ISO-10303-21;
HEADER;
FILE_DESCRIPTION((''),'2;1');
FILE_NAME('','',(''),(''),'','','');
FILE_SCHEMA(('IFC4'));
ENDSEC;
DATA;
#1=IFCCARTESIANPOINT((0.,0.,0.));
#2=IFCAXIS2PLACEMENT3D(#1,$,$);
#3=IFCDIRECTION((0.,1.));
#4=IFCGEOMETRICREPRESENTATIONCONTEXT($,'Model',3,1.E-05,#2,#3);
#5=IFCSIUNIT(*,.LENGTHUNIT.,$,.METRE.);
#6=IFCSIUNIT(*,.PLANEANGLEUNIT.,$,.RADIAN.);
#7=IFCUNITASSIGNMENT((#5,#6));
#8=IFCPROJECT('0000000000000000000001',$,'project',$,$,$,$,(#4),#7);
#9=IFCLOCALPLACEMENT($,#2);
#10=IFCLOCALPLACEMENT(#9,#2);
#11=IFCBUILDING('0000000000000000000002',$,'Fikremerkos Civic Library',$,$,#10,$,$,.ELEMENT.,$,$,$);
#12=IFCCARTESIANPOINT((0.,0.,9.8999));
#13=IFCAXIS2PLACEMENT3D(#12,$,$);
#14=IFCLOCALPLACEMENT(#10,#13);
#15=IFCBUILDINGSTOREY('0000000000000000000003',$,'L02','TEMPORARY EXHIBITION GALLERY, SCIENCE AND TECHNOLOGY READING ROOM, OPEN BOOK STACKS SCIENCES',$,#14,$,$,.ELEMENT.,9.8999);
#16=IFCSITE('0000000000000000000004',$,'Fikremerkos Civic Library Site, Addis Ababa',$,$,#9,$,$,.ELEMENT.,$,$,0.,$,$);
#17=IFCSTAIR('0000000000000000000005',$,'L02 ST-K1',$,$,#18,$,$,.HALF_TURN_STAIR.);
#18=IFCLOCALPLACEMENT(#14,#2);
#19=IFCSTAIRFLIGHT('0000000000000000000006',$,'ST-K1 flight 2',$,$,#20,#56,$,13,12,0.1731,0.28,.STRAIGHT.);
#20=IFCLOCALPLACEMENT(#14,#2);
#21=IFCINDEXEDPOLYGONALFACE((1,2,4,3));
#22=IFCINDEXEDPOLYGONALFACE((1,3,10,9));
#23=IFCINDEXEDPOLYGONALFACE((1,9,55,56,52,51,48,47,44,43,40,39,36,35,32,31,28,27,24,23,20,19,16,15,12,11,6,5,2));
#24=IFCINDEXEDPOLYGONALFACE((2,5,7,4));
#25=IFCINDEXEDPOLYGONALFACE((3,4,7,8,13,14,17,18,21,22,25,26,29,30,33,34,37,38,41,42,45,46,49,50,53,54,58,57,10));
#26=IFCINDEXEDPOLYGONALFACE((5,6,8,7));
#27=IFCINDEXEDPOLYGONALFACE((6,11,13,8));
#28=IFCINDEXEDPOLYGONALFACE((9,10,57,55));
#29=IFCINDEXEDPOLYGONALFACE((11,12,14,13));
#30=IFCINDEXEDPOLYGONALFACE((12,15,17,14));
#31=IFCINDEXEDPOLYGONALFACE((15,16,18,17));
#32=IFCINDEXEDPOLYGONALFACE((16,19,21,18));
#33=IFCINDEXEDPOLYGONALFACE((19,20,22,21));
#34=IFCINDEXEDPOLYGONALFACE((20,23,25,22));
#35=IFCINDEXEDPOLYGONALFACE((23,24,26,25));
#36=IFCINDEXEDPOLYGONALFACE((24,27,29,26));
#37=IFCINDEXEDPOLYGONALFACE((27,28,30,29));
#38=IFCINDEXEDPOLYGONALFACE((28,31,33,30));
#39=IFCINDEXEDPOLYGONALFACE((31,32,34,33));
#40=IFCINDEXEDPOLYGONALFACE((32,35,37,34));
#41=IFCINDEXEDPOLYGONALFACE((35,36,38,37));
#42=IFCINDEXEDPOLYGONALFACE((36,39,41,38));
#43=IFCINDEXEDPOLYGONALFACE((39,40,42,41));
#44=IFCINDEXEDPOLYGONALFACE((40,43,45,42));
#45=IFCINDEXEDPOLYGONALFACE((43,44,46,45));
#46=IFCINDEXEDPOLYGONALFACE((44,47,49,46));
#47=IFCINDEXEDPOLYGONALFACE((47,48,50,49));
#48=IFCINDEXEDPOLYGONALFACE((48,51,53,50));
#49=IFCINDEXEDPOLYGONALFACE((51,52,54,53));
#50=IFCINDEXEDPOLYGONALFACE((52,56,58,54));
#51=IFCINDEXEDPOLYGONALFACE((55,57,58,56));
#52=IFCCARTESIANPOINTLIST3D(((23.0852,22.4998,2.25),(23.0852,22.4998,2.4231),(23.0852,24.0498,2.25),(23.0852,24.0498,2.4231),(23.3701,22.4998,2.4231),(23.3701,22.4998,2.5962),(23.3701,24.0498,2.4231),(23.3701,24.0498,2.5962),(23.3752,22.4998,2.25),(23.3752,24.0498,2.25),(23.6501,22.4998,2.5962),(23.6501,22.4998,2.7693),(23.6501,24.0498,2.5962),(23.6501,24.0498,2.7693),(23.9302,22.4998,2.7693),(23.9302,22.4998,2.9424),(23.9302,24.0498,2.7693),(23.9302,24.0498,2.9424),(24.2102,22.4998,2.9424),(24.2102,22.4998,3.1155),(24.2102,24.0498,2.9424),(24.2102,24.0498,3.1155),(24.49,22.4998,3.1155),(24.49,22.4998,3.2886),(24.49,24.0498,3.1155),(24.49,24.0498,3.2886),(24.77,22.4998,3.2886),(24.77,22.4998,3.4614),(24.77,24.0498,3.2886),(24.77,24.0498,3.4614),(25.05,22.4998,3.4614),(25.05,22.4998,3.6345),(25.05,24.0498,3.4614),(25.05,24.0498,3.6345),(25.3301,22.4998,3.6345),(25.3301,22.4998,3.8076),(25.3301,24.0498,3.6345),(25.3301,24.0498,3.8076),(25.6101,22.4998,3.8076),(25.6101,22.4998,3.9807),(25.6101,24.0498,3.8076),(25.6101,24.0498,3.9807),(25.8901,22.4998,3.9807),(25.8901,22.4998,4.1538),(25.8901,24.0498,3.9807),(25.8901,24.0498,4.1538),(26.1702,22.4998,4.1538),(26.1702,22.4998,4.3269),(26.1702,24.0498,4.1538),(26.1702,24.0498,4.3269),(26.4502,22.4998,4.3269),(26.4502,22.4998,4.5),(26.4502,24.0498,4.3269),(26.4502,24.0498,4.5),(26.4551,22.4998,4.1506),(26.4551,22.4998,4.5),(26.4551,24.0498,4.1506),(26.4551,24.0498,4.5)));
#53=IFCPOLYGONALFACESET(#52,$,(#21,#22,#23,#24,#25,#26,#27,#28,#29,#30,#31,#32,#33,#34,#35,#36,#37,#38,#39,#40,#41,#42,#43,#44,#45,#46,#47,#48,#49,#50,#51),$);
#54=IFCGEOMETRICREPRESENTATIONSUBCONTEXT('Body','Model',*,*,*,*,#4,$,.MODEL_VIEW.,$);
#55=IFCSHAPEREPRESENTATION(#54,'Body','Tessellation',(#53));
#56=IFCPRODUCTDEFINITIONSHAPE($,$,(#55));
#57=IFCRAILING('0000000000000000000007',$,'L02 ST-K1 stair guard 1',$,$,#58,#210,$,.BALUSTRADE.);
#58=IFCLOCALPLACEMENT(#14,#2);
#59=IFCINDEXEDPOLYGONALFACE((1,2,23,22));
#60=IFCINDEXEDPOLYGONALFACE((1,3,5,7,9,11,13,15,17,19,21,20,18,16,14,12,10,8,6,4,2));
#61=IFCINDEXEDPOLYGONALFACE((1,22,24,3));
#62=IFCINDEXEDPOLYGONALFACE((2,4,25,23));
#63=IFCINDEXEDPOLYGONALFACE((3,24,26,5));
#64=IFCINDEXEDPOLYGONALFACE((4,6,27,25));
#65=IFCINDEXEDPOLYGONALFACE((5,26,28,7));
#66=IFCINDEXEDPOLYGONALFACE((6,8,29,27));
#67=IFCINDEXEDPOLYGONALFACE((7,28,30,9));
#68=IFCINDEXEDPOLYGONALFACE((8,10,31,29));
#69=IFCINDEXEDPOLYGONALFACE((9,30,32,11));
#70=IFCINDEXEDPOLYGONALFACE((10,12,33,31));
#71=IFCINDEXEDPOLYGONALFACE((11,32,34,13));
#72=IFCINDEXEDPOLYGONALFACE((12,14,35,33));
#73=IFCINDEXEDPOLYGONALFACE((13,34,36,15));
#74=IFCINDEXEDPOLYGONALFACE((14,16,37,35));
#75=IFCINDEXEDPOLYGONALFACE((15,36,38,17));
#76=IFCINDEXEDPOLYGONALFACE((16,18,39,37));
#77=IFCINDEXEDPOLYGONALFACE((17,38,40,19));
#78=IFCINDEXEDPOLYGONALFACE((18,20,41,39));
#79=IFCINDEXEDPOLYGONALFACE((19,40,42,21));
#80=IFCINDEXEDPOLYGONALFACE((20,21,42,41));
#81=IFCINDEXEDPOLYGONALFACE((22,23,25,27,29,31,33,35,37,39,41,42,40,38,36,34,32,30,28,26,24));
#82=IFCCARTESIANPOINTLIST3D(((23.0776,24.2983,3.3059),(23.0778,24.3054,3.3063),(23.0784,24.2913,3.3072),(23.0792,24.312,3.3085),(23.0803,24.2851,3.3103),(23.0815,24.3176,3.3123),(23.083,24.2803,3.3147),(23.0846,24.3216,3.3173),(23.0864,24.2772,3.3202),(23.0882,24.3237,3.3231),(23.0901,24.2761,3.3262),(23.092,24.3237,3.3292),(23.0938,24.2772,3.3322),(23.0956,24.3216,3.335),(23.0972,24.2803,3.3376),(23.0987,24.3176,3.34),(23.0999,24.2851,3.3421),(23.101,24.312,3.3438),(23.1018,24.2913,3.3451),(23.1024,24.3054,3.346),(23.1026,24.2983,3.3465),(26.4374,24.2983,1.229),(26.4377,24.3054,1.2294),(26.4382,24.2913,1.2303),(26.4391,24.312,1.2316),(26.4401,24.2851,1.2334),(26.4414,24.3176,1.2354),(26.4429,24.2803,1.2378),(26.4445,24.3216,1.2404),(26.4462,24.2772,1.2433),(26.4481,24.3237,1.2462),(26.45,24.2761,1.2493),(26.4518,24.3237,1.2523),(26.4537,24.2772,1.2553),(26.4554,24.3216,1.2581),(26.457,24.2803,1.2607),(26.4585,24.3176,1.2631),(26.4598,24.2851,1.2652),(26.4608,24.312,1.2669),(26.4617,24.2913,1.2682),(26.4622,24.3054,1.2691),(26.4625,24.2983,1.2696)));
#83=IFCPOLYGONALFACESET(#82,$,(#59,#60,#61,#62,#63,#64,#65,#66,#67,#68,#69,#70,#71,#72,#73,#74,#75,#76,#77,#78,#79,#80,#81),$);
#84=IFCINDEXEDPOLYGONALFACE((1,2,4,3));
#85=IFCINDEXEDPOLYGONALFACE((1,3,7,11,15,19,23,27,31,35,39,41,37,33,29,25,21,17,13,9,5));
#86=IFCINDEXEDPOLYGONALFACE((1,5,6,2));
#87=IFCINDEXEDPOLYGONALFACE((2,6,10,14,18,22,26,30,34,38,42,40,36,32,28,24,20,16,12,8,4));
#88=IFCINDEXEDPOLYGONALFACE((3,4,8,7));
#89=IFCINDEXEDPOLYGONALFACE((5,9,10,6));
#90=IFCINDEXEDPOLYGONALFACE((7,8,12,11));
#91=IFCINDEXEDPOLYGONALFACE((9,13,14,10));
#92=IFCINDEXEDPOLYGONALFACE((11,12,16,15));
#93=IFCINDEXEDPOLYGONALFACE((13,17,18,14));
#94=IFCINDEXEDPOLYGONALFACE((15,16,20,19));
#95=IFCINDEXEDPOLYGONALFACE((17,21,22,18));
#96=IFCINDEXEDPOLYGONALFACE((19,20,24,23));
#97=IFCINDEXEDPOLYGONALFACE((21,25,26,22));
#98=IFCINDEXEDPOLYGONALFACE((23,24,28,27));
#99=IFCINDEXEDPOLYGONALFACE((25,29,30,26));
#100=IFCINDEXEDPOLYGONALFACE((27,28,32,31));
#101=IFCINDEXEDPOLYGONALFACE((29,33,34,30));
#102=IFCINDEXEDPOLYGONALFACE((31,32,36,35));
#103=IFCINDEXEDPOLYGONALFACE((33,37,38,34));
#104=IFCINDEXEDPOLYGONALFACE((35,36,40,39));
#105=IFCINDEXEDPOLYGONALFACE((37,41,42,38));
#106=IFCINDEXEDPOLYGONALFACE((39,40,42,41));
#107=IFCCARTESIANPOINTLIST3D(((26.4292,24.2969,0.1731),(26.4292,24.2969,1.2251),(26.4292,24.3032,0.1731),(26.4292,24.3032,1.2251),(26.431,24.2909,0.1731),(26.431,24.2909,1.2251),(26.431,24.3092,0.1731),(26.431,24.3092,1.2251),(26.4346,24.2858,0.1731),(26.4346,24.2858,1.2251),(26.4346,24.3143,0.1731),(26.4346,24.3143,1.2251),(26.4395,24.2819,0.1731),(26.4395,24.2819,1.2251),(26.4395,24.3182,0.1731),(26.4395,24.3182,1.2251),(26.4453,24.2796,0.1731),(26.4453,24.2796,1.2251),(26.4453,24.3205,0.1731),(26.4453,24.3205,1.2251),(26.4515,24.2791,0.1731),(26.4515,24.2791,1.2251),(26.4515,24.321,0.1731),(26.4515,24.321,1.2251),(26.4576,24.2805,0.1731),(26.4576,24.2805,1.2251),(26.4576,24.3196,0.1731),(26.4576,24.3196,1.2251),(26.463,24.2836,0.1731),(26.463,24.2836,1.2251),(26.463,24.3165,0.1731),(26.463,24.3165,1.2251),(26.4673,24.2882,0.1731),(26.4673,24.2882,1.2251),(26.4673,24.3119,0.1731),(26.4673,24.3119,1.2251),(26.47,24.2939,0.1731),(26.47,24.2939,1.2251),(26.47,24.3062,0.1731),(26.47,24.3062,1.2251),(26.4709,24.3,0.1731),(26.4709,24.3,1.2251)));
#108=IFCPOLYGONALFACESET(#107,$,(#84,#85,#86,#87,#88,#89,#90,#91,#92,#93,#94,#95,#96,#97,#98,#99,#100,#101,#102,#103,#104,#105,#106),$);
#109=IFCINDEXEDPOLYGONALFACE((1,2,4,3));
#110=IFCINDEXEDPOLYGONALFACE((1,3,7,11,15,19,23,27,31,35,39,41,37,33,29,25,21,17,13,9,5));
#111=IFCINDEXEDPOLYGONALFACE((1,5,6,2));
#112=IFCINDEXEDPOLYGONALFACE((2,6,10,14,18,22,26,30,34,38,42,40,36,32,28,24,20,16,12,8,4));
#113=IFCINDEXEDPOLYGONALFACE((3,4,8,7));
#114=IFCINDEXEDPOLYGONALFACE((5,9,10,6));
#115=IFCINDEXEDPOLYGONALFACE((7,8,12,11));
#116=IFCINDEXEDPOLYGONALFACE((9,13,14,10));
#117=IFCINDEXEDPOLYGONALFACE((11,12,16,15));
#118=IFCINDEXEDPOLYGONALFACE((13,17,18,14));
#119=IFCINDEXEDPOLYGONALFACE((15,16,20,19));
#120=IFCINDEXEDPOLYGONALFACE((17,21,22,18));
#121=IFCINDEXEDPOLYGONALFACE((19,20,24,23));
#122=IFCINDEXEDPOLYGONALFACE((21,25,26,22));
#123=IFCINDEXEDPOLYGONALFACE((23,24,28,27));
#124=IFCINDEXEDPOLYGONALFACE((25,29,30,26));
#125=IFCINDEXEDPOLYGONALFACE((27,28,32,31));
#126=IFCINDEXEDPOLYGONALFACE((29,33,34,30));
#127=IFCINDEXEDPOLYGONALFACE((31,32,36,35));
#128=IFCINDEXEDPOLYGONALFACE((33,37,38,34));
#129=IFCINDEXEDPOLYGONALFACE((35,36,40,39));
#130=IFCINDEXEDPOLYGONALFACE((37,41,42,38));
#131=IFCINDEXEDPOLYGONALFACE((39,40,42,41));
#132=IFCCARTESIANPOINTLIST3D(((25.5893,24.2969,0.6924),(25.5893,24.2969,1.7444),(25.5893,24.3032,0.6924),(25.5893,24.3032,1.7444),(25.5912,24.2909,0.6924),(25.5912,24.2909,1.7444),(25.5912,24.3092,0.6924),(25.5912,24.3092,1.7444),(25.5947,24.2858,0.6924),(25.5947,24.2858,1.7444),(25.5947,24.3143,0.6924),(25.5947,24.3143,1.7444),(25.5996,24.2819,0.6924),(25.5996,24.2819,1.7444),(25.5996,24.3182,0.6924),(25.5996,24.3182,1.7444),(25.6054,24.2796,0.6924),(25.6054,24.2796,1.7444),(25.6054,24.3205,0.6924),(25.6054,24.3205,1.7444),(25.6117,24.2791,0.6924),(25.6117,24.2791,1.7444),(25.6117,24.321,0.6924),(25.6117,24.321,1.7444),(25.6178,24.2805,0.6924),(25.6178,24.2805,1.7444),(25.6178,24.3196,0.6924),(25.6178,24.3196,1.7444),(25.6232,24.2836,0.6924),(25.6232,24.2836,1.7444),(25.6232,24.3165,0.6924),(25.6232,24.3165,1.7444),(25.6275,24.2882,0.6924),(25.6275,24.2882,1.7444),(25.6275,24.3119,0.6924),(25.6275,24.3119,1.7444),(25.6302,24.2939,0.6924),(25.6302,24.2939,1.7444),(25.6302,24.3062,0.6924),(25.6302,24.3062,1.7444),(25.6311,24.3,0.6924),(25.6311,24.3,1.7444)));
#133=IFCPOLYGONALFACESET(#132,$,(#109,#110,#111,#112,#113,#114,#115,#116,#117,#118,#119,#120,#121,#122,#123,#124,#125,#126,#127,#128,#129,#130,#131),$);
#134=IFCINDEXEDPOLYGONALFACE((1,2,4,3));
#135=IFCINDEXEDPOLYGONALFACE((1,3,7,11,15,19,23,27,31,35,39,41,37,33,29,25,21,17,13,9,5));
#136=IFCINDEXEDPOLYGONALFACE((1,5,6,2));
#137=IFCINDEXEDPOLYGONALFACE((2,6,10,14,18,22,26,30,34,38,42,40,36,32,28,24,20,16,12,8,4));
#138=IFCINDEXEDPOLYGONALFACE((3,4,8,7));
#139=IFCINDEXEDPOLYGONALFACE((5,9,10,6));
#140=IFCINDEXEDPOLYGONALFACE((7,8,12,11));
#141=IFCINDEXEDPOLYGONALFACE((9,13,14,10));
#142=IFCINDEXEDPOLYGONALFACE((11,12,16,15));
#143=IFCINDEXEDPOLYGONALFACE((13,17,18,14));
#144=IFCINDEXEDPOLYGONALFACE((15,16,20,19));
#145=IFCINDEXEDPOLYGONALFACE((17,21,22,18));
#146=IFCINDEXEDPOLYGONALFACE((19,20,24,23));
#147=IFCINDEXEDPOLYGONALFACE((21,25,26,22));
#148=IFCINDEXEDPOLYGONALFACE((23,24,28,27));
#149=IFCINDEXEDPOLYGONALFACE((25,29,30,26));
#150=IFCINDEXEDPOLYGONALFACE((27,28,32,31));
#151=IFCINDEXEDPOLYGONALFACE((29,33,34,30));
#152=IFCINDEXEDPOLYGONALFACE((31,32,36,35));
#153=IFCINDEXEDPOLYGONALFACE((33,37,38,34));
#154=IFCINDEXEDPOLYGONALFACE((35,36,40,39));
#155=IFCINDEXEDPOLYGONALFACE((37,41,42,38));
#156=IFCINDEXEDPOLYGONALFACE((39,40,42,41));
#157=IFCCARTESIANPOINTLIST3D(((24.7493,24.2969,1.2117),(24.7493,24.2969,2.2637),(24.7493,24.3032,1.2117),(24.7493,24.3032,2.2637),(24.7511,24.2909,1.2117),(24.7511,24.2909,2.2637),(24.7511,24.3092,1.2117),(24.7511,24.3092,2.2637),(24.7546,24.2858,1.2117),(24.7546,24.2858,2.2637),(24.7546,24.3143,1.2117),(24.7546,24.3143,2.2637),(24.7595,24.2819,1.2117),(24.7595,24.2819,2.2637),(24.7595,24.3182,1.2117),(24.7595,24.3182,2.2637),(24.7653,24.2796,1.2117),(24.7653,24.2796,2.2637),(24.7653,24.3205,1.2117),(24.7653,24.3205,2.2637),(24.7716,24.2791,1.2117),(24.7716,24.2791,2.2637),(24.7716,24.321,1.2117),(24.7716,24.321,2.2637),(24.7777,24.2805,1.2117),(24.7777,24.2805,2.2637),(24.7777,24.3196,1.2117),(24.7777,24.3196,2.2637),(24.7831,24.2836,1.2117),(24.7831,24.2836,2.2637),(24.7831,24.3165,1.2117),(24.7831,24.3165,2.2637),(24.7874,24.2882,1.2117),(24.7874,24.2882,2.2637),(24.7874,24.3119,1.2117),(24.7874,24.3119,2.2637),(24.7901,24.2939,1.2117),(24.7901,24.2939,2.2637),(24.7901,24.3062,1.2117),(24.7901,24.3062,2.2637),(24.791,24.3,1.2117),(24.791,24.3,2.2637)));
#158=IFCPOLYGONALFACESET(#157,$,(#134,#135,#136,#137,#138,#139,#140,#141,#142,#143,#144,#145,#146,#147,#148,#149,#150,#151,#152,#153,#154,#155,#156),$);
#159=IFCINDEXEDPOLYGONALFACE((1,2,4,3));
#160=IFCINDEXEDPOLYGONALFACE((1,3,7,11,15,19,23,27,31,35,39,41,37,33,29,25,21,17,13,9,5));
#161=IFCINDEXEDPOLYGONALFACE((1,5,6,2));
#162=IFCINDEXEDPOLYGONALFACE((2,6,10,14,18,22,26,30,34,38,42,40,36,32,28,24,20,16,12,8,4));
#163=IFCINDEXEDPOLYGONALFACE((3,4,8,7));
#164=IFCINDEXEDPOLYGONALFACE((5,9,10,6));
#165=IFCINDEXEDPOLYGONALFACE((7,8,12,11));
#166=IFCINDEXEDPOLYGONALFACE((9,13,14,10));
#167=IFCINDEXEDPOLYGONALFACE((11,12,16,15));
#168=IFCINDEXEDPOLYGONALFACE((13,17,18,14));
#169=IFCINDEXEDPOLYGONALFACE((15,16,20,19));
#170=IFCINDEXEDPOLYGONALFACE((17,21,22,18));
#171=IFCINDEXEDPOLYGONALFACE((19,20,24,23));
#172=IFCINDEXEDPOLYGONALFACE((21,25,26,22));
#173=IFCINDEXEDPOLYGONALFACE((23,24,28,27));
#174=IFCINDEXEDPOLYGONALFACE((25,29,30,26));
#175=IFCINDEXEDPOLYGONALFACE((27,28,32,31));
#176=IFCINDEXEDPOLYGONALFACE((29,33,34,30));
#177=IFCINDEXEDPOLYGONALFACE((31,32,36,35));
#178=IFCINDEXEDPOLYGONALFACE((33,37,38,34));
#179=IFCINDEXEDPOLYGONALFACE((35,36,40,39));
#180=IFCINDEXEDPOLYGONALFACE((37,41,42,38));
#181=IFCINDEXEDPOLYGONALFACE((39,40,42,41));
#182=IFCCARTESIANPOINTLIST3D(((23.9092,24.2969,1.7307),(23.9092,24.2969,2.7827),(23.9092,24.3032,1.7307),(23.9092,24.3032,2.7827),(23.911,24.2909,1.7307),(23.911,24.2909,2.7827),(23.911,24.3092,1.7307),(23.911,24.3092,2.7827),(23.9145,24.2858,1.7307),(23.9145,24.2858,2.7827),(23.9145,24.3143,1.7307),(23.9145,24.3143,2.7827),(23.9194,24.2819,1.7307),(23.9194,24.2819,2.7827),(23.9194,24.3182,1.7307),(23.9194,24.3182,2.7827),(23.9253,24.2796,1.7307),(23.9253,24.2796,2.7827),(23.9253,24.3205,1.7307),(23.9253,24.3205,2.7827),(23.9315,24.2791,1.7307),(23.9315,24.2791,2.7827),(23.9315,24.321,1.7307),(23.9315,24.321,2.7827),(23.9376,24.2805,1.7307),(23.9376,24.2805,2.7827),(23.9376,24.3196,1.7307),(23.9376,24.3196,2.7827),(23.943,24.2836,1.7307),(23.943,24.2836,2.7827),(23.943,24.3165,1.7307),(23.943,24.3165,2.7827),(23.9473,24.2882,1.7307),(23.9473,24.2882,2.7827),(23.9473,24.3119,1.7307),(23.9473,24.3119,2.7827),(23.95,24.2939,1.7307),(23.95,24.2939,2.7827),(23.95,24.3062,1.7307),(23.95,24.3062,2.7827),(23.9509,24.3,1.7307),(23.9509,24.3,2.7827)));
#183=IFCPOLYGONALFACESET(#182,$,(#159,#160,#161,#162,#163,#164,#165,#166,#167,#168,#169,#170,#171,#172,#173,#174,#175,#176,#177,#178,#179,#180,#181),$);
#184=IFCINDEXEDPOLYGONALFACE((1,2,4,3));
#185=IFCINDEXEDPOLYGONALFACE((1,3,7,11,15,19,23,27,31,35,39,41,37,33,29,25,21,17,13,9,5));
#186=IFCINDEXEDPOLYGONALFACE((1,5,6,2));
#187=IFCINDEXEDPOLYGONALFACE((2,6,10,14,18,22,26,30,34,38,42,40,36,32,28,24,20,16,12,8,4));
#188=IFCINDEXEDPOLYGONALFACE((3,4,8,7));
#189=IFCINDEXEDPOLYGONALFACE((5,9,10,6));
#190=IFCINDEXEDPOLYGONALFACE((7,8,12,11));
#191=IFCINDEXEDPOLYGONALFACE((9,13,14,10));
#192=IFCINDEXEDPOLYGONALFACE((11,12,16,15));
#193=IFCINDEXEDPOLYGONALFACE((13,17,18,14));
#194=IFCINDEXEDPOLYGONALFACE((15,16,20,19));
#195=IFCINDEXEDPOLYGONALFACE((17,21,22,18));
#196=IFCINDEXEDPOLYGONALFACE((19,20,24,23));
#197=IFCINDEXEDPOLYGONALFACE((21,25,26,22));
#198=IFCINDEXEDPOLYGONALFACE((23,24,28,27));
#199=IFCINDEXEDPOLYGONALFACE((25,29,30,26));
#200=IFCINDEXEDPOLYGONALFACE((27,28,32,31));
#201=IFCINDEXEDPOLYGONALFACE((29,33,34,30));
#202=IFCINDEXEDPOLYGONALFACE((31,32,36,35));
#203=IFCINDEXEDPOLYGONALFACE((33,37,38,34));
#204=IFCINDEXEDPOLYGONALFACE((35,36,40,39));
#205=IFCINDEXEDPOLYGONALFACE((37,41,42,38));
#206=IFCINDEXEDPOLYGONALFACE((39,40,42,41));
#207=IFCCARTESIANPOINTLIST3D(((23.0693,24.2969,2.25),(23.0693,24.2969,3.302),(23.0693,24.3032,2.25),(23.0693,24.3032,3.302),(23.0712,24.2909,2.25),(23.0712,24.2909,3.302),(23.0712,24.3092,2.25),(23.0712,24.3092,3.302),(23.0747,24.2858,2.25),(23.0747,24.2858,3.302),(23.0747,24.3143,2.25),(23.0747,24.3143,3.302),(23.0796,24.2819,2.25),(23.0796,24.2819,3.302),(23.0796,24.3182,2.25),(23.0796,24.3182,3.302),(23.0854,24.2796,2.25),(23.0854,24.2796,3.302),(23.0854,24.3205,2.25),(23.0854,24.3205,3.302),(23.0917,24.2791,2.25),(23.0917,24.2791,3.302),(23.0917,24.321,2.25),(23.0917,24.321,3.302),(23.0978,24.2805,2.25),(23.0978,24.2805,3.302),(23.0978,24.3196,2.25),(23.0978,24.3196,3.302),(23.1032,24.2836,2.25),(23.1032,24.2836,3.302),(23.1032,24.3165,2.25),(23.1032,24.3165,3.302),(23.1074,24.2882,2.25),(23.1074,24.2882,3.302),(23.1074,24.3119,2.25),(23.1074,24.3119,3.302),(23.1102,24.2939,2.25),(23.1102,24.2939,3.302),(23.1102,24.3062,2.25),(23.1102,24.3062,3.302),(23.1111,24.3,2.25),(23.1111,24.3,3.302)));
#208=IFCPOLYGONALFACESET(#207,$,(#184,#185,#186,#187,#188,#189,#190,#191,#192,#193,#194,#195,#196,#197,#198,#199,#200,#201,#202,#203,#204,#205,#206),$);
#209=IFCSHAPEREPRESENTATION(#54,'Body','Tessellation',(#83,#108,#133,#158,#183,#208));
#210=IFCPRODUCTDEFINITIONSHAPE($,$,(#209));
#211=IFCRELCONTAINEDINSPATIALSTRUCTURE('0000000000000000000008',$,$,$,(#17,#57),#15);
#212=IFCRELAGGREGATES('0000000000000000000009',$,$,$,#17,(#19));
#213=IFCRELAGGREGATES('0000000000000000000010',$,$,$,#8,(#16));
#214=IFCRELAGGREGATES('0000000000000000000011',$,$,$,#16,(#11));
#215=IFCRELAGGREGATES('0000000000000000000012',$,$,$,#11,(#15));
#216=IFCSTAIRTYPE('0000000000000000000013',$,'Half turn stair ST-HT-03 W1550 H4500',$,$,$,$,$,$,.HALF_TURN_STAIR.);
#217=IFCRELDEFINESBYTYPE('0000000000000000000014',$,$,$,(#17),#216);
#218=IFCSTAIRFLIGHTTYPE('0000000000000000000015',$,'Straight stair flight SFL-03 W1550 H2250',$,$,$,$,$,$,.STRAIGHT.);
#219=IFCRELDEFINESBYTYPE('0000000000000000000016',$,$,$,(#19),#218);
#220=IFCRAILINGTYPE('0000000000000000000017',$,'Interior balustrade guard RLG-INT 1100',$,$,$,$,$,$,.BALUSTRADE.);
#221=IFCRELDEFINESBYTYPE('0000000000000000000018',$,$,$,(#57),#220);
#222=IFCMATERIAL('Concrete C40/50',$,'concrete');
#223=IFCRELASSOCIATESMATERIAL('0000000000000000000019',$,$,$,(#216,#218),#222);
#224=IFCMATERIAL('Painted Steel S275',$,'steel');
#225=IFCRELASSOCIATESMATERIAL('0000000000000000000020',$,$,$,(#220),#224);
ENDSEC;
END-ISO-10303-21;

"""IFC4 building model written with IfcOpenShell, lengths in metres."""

from ifc_helpers import new_model, si_unit, direction, frame, origin, origin_2d, place, context, subcontext, project, spatial, polyline, circle, outline, extrude, material, type_object, element, aggregate, save


model = new_model("IFC4")

# Units and contexts
model_context = context("Model", 3, precision=1e-05, world=origin(), true_north=direction((0.0, 1.0)))
body_context = subcontext(model_context, "Body", "Model", "MODEL_VIEW")
ifc_project = project(units=[si_unit("LENGTHUNIT", "METRE"), si_unit("PLANEANGLEUNIT", "RADIAN")], contexts=[model_context])

# Site, building, storey
site_placement = place(None, origin())
site = spatial("IfcSite", under=ifc_project, at=site_placement, Name="Fikremerkos Civic Library Site, Addis Ababa", CompositionType="ELEMENT", RefElevation=0.0)
building_placement = place(site_placement, origin())
building = spatial("IfcBuilding", under=site, at=building_placement, Name="Fikremerkos Civic Library", CompositionType="ELEMENT")
storey_placement = place(building_placement, frame((0.0, 0.0, 9.8999)))
storey = spatial("IfcBuildingStorey", under=building, at=storey_placement, Name="L02", Description="TEMPORARY EXHIBITION GALLERY, SCIENCE AND TECHNOLOGY READING ROOM, OPEN BOOK STACKS SCIENCES", CompositionType="ELEMENT", Elevation=9.8999)

# Shared definitions
ifc_material_1 = material(Name="Concrete C40/50", Category="concrete")

# Stair, stair flight
stair_type = type_object("IfcStairType", Name="Half turn stair ST-HT-03 W1550 H4500", PredefinedType="HALF_TURN_STAIR", material=ifc_material_1)
stair_placement = place(storey_placement, origin())
stair = element("IfcStair", 1, at=stair_placement, inside=storey, type_object=stair_type, Name="L02 ST-K1", PredefinedType="HALF_TURN_STAIR")
stair_flight_type = type_object("IfcStairFlightType", Name="Straight stair flight SFL-03 W1550 H2250", PredefinedType="STRAIGHT", material=ifc_material_1)
stair_flight_1_placement = place(storey_placement, frame((23.0901, 23.2749, 2.25), z_axis=(0.0, 0.0, 1.0), x_axis=(1.0, 0.0, 0.0)))
stair_flight_1 = element("IfcStairFlight", 2, at=stair_flight_1_placement, type_object=stair_flight_type, Name="ST-K1 flight 2", NumberOfRisers=13, NumberOfTreads=12, PredefinedType="STRAIGHT", RiserHeight=0.1731, TreadLength=0.28, context=body_context, shape_type="SweptSolid", body=[
    extrude(outline(polyline([(-0.0049, 0.0), (-0.0049, 0.1731), (0.28, 0.1731), (0.28, 0.3462), (0.5601, 0.3462), (0.5601, 0.5193), (0.8401, 0.5193), (0.8401, 0.6924), (1.1201, 0.6924), (1.1201, 0.8655), (1.3999, 0.8655), (1.3999, 1.0386), (1.6799, 1.0386), (1.6799, 1.2114), (1.96, 1.2114), (1.96, 1.3845), (2.24, 1.3845), (2.24, 1.5576), (2.52, 1.5576), (2.52, 1.7307), (2.8, 1.7307), (2.8, 1.9038), (3.0801, 1.9038), (3.0801, 2.0769), (3.3601, 2.0769), (3.3601, 2.25), (3.365, 2.25), (3.365, 1.9006), (0.2852, 0.0), (-0.0049, 0.0)])), frame((0.0, 0.7749, 0.0), z_axis=(0.0, -1.0, 0.0), x_axis=(1.0, 0.0, 0.0)), (0.0, 0.0, 1.0), 1.55),
])
aggregate(stair, [stair_flight_1])

# Railing
ifc_material_2 = material(Name="Painted Steel S275", Category="steel")
railing_type_1 = type_object("IfcRailingType", Name="Interior balustrade guard RLG-INT 1100", PredefinedType="BALUSTRADE", material=ifc_material_2)
railing_1_placement = place(storey_placement, frame((26.45, 24.3, 0.1731)))
element("IfcRailing", 3, at=railing_1_placement, inside=storey, type_object=railing_type_1, Name="L02 ST-K1 stair guard 1", PredefinedType="BALUSTRADE", context=body_context, shape_type="SweptSolid", body=[
    extrude(circle(Radius=0.0239, at=origin_2d()), frame((0.0, 0.0, 1.0762), z_axis=(-0.850606, 0.0, 0.525803), x_axis=(0.0, -1.0, 0.0)), (0.0, 0.0, 1.0), 3.95),
    extrude(circle(Radius=0.021, at=origin_2d()), origin(), (0.0, 0.0, 1.0), 1.052),
    extrude(circle(Radius=0.021, at=origin_2d()), frame((-0.8398, 0.0, 0.5193)), (0.0, 0.0, 1.0), 1.052),
    extrude(circle(Radius=0.021, at=origin_2d()), frame((-1.6799, 0.0, 1.0386)), (0.0, 0.0, 1.0), 1.052),
    extrude(circle(Radius=0.021, at=origin_2d()), frame((-2.52, 0.0, 1.5576)), (0.0, 0.0, 1.0), 1.052),
    extrude(circle(Radius=0.021, at=origin_2d()), frame((-3.3599, 0.0, 2.0769)), (0.0, 0.0, 1.0), 1.052),
])

save(model, "model.ifc")
